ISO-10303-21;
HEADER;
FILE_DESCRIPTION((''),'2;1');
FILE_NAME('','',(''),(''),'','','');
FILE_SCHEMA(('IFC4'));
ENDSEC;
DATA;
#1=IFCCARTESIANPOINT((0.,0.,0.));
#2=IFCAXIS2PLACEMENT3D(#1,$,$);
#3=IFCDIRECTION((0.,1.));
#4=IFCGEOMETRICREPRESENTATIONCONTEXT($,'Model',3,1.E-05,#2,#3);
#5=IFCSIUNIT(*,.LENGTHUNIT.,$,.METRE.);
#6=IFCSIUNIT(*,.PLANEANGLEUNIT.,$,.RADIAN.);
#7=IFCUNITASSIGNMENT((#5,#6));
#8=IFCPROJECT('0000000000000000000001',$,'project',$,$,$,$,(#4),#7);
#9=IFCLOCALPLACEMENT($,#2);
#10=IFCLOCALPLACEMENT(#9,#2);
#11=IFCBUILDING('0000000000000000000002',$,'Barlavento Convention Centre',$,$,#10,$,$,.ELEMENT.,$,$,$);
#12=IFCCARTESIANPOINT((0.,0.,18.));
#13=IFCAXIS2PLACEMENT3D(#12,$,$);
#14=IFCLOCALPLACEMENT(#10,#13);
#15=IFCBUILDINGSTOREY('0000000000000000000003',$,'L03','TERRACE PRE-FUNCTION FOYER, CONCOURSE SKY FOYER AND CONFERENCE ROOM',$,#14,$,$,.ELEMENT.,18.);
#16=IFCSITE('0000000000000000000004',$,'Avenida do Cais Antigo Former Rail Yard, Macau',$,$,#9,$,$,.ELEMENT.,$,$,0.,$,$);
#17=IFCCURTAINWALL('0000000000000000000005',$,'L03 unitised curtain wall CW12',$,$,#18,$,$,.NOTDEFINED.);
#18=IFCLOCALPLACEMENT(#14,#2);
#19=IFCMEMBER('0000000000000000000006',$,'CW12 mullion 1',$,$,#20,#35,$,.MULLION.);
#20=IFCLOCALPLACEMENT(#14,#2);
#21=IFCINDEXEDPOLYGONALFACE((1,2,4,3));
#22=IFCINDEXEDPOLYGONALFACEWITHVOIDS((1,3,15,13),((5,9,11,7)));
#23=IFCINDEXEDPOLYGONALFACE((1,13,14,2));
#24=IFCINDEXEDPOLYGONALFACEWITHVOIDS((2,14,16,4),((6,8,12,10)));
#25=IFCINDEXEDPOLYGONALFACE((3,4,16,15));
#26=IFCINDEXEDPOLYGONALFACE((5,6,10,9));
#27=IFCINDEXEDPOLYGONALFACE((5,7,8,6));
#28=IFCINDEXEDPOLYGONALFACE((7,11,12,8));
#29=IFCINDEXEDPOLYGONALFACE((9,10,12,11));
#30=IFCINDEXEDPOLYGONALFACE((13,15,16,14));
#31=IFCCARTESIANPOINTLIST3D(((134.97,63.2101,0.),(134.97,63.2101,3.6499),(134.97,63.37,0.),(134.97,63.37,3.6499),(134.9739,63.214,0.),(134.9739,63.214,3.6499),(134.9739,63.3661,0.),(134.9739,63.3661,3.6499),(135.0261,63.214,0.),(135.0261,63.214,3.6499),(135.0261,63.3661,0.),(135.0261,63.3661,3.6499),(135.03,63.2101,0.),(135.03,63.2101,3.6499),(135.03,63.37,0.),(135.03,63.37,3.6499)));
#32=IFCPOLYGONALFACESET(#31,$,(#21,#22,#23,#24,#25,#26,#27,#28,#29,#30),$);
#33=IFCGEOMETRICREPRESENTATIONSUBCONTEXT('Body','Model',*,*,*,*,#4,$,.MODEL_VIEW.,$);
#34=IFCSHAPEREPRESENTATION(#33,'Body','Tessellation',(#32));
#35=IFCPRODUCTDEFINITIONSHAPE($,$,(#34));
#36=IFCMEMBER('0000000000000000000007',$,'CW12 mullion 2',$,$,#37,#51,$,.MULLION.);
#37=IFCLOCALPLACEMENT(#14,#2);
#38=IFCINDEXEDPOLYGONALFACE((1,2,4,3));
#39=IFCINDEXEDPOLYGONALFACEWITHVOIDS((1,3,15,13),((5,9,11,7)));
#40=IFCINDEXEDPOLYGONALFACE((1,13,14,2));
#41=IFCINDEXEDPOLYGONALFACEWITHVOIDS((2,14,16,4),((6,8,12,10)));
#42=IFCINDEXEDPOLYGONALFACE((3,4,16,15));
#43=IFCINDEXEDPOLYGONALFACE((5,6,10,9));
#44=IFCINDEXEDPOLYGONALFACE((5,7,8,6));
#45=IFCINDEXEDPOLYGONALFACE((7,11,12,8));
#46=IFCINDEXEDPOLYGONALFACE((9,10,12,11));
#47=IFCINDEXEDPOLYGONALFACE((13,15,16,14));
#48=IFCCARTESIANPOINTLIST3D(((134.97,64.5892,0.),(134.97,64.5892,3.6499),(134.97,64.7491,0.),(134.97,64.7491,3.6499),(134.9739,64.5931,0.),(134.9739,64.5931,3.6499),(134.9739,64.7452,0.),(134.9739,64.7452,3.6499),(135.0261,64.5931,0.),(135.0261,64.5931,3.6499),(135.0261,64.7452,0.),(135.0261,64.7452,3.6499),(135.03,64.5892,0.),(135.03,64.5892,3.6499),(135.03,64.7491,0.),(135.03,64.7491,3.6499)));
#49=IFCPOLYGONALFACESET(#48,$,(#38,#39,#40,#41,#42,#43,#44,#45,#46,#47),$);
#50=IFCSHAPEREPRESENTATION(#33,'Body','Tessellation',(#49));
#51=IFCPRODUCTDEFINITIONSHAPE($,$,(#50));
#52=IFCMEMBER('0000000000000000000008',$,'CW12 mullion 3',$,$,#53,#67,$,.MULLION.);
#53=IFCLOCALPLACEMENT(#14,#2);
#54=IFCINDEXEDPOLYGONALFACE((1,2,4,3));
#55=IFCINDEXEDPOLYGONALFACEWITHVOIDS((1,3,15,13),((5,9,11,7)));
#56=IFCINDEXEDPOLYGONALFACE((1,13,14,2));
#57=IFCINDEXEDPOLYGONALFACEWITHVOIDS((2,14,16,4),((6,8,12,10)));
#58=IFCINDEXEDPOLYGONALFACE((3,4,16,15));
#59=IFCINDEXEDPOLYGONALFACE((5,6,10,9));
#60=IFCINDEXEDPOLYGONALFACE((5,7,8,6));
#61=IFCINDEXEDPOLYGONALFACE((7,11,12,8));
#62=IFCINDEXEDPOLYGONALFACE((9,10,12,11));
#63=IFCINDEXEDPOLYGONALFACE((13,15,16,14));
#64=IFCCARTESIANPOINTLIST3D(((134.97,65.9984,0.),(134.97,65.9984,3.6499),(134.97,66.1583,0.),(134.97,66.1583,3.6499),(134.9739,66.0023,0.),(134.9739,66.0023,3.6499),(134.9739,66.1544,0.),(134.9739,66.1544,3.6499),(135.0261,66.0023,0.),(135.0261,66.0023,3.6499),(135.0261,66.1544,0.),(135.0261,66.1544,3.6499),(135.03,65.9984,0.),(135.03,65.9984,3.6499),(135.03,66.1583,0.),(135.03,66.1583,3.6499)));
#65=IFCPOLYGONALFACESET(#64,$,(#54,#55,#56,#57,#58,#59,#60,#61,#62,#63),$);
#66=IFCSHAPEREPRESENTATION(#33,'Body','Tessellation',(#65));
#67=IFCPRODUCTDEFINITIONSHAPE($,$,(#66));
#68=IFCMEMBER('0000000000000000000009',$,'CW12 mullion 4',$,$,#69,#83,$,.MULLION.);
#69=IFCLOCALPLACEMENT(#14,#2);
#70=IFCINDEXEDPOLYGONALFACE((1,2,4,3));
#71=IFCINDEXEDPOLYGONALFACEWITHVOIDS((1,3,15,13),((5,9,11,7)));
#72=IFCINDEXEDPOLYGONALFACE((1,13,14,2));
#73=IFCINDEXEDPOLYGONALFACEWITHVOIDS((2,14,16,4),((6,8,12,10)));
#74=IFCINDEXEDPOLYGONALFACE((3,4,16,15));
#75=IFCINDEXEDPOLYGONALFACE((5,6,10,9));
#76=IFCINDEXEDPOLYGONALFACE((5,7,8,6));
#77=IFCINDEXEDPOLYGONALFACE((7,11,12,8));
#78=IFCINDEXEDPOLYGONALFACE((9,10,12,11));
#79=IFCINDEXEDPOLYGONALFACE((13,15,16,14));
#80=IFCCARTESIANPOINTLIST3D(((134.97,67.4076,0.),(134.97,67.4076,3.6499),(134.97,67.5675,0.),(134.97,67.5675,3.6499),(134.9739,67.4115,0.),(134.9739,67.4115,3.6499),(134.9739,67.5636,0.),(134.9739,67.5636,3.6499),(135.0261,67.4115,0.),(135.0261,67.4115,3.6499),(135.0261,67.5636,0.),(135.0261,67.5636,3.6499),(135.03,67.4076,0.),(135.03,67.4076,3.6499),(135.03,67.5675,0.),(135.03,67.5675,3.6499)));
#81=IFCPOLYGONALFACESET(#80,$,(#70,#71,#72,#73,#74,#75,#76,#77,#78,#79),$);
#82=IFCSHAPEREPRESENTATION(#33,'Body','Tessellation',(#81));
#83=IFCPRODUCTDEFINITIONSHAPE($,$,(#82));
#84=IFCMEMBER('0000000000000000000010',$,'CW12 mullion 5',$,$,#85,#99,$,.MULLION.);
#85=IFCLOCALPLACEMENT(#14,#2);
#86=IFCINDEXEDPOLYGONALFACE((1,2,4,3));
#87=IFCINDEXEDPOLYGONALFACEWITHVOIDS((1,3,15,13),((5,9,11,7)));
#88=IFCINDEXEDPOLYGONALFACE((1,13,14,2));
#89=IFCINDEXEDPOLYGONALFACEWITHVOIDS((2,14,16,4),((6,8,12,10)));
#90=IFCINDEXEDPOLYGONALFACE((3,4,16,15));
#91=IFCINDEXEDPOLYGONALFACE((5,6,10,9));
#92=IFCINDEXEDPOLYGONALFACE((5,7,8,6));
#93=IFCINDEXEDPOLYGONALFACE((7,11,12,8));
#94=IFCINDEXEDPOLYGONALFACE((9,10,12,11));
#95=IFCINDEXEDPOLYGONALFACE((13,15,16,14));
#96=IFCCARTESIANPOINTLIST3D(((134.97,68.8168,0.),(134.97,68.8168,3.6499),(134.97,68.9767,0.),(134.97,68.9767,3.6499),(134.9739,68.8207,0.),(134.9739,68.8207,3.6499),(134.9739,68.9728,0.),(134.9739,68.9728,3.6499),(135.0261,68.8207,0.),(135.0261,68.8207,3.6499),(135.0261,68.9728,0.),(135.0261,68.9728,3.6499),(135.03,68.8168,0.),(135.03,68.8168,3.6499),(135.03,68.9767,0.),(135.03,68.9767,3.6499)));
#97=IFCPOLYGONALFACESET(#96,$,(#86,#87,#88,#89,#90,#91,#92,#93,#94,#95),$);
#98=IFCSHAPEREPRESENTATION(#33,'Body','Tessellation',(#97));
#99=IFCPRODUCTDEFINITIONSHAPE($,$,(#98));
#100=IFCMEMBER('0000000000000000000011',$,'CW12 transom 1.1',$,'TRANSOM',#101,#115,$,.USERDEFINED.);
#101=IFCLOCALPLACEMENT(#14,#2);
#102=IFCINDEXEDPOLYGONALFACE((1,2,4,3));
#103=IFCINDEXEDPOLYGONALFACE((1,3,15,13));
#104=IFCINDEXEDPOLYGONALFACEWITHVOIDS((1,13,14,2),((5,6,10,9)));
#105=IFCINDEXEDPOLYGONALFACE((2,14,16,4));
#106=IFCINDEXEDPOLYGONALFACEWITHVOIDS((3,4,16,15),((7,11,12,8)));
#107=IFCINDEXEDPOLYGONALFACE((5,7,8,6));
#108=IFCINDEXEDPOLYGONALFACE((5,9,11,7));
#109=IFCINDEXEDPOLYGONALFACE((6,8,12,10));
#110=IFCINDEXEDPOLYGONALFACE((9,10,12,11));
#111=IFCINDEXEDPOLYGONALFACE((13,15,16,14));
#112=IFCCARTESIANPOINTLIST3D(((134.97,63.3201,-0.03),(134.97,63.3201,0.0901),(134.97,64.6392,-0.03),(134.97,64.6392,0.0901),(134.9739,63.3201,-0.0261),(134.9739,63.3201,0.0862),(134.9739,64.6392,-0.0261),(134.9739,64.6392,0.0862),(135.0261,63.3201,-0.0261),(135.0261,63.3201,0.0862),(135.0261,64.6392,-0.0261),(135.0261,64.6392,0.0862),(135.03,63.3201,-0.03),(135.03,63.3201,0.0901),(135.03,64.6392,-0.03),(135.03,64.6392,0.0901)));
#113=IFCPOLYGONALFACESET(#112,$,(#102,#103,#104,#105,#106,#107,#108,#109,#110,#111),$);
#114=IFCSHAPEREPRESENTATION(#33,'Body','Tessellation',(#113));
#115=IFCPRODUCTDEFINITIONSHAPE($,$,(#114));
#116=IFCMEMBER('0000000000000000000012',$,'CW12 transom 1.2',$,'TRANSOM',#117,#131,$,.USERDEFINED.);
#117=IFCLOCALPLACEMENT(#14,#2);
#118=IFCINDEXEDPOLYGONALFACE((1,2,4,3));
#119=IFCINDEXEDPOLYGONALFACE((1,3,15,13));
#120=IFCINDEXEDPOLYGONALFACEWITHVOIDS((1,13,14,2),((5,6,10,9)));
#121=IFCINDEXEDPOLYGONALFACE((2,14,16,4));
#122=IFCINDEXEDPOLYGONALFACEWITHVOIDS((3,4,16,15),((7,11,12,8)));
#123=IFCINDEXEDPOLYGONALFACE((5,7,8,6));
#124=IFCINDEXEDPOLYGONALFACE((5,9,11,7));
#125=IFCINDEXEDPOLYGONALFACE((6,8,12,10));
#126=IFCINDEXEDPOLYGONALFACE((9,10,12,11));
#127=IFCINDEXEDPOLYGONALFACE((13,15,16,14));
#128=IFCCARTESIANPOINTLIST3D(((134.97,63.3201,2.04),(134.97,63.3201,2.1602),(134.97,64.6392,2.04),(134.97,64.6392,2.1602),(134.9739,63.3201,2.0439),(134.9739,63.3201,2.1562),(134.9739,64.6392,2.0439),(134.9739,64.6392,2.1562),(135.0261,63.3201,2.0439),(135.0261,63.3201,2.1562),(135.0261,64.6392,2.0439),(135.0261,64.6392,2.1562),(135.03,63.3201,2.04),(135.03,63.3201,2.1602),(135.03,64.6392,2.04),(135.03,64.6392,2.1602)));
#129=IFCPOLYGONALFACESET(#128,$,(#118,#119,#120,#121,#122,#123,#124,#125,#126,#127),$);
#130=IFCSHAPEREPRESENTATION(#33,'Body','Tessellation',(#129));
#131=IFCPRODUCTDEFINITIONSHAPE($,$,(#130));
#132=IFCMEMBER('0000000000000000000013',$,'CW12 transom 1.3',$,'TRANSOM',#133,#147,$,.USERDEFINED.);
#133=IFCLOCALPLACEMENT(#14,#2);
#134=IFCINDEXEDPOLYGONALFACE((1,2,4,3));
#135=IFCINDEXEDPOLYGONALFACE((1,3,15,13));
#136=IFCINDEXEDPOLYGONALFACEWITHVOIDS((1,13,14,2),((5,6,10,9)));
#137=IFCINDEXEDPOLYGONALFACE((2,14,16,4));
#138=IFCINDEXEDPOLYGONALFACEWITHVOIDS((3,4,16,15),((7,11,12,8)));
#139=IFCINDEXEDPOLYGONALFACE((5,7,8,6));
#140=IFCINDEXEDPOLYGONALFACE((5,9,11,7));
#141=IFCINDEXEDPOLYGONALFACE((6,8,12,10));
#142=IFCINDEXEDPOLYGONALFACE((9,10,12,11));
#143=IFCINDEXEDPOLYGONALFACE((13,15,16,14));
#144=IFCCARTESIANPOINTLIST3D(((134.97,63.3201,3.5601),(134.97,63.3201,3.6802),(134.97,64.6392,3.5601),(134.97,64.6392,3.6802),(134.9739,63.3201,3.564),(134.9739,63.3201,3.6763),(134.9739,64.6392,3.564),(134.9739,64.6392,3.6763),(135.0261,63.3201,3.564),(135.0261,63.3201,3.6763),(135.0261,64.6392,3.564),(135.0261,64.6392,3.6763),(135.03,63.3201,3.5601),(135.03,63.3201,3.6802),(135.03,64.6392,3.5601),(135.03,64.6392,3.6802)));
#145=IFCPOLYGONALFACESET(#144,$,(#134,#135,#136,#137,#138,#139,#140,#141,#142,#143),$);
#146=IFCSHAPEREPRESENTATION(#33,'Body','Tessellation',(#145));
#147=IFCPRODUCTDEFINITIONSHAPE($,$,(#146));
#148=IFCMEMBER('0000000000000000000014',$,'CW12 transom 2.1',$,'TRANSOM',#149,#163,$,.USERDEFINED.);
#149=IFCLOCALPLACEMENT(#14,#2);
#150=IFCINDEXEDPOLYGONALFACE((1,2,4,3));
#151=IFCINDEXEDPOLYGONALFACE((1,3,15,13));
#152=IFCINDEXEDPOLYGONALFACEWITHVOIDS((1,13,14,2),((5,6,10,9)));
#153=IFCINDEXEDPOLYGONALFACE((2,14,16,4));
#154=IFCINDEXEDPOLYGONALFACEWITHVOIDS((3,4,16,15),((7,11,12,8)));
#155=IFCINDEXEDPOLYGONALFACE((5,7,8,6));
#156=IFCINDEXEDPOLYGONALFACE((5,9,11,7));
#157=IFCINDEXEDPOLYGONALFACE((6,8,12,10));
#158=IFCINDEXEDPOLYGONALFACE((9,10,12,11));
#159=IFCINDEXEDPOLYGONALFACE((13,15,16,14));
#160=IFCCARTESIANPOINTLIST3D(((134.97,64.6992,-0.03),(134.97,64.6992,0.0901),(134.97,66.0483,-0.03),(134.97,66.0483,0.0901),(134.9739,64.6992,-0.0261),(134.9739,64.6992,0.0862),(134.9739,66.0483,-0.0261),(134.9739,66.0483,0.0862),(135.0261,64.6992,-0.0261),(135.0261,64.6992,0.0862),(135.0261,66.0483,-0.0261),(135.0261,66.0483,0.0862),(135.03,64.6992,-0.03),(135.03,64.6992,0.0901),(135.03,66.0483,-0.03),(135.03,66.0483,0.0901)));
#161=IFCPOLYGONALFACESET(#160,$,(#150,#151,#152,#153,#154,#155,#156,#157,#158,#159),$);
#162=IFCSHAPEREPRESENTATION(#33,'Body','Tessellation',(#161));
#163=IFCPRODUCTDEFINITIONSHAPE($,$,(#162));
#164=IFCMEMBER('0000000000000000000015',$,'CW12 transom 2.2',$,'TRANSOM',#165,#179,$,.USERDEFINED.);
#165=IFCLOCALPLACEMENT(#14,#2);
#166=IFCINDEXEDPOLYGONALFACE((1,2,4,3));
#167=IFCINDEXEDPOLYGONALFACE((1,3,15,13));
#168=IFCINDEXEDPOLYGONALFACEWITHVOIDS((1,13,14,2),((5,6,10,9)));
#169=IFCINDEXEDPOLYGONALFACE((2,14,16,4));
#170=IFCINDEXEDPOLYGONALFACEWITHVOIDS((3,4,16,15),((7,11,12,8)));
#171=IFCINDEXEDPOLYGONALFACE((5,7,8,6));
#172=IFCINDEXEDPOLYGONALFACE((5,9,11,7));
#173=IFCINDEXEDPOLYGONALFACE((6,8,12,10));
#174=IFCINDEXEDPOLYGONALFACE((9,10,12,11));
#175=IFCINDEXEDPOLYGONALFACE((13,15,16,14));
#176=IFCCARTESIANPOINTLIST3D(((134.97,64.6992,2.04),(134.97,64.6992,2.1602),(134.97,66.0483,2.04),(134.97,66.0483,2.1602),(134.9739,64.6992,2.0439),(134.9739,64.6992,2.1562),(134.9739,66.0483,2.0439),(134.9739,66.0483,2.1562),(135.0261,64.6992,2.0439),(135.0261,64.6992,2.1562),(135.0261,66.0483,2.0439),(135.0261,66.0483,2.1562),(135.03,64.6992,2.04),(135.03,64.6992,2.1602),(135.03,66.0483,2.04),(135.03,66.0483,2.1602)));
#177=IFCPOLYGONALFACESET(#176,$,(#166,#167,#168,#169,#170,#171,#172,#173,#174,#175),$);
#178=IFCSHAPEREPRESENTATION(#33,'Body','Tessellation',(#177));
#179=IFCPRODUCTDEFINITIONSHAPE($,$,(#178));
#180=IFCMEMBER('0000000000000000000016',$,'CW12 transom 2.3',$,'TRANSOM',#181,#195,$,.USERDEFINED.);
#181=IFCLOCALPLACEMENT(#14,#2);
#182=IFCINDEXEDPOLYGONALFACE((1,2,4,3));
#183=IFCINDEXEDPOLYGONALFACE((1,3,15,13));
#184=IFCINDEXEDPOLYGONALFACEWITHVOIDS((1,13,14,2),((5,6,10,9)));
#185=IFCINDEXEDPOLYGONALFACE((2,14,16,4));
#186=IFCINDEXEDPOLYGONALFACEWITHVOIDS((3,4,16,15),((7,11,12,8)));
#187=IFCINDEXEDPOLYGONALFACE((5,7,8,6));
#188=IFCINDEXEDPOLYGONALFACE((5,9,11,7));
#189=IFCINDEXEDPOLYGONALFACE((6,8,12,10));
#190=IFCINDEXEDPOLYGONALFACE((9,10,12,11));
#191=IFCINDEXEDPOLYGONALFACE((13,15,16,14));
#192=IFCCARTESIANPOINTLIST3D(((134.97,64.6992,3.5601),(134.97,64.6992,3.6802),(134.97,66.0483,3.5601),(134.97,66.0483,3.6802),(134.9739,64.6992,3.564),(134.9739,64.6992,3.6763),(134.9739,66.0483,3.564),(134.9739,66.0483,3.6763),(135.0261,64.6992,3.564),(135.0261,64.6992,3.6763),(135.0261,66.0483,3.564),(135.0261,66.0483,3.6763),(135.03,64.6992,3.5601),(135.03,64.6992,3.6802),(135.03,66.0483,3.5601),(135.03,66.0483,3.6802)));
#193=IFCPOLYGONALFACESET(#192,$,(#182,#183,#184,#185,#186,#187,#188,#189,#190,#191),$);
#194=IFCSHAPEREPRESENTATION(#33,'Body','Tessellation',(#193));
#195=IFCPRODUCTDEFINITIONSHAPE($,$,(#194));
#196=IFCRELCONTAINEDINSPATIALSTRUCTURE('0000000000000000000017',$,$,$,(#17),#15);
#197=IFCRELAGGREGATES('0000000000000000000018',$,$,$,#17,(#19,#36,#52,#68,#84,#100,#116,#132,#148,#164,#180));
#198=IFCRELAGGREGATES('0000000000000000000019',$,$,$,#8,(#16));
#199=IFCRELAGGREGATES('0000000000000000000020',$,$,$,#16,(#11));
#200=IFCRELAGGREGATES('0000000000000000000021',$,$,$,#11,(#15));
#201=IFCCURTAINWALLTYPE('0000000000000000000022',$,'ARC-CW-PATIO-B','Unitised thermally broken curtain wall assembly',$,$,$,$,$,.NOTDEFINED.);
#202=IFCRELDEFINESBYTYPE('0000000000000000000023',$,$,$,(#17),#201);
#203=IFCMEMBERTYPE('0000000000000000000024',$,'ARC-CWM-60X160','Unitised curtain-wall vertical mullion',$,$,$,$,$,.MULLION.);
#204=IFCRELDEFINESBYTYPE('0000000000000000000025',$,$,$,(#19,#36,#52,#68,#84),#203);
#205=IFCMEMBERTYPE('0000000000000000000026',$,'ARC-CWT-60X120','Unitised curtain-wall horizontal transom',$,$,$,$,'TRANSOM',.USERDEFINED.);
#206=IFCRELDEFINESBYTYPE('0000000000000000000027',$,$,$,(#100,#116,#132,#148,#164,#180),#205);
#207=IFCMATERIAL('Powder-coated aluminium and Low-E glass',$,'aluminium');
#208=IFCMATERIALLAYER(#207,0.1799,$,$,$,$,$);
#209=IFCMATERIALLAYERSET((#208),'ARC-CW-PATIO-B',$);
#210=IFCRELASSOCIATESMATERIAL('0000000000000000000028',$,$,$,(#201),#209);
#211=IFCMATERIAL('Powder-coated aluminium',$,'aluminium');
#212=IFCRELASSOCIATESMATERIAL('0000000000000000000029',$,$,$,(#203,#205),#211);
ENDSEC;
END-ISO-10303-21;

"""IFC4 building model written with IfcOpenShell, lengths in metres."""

from ifc_helpers import new_model, si_unit, direction, frame, origin, origin_2d, place, context, subcontext, project, spatial, hollow_rectangle, extrude, material, layer, layer_set, material_profile, profile_set, type_object, element, aggregate, save


model = new_model("IFC4")

# Units and contexts
model_context = context("Model", 3, precision=1e-05, world=origin(), true_north=direction((0.0, 1.0)))
body_context = subcontext(model_context, "Body", "Model", "MODEL_VIEW")
ifc_project = project(units=[si_unit("LENGTHUNIT", "METRE"), si_unit("PLANEANGLEUNIT", "RADIAN")], contexts=[model_context])

# Site, building, storey
site_placement = place(None, origin())
site = spatial("IfcSite", under=ifc_project, at=site_placement, Name="Avenida do Cais Antigo Former Rail Yard, Macau", CompositionType="ELEMENT", RefElevation=0.0)
building_placement = place(site_placement, origin())
building = spatial("IfcBuilding", under=site, at=building_placement, Name="Barlavento Convention Centre", CompositionType="ELEMENT")
storey_placement = place(building_placement, frame((0.0, 0.0, 18.0)))
storey = spatial("IfcBuildingStorey", under=building, at=storey_placement, Name="L03", Description="TERRACE PRE-FUNCTION FOYER, CONCOURSE SKY FOYER AND CONFERENCE ROOM", CompositionType="ELEMENT", Elevation=18.0)

# Curtain wall, members
ifc_material_1 = material(Name="Powder-coated aluminium and Low-E glass", Category="aluminium")
ifc_layer_1 = layer(ifc_material_1, 0.1799)
ifc_layer_set_1 = layer_set([ifc_layer_1], Name="ARC-CW-PATIO-B")
curtain_wall_type = type_object("IfcCurtainWallType", Name="ARC-CW-PATIO-B", Description="Unitised thermally broken curtain wall assembly", PredefinedType="NOTDEFINED", material=ifc_layer_set_1)
curtain_wall_placement = place(storey_placement, origin())
curtain_wall = element("IfcCurtainWall", 1, at=curtain_wall_placement, inside=storey, type_object=curtain_wall_type, Name="L03 unitised curtain wall CW12", PredefinedType="NOTDEFINED")
ifc_material_2 = material(Name="Powder-coated aluminium", Category="aluminium")
ifc_material_profile_1 = material_profile(ifc_material_2, hollow_rectangle(XDim=0.0601, YDim=0.1599, WallThickness=0.0039, at=origin_2d()), Name="AL-MULL 60x160x4")
ifc_profile_set_1 = profile_set([ifc_material_profile_1], Name="Powder-coated aluminium")
member_type_1 = type_object("IfcMemberType", Name="ARC-CWM-60X160", Description="Unitised curtain-wall vertical mullion", PredefinedType="MULLION", material=ifc_profile_set_1)
member_1_placement = place(storey_placement, frame((135.0, 63.29, 0.0), z_axis=(0.0, 0.0, 1.0), x_axis=(-1.0, 0.0, 0.0)))
member_1 = element("IfcMember", 2, at=member_1_placement, type_object=member_type_1, Name="CW12 mullion 1", PredefinedType="MULLION", context=body_context, shape_type="SweptSolid", body=[
    extrude(hollow_rectangle(XDim=0.0601, YDim=0.1599, WallThickness=0.0039, at=origin_2d()), origin(), (0.0, 0.0, 1.0), 3.6499),
])
member_2_placement = place(storey_placement, frame((135.0, 64.6692, 0.0), z_axis=(0.0, 0.0, 1.0), x_axis=(-1.0, 0.0, 0.0)))
member_2 = element("IfcMember", 3, at=member_2_placement, type_object=member_type_1, Name="CW12 mullion 2", PredefinedType="MULLION", context=body_context, shape_type="SweptSolid", body=[
    extrude(hollow_rectangle(XDim=0.0601, YDim=0.1599, WallThickness=0.0039, at=origin_2d()), origin(), (0.0, 0.0, 1.0), 3.6499),
])
member_3_placement = place(storey_placement, frame((135.0, 66.0784, 0.0), z_axis=(0.0, 0.0, 1.0), x_axis=(-1.0, 0.0, 0.0)))
member_3 = element("IfcMember", 4, at=member_3_placement, type_object=member_type_1, Name="CW12 mullion 3", PredefinedType="MULLION", context=body_context, shape_type="SweptSolid", body=[
    extrude(hollow_rectangle(XDim=0.0601, YDim=0.1599, WallThickness=0.0039, at=origin_2d()), origin(), (0.0, 0.0, 1.0), 3.6499),
])
member_4_placement = place(storey_placement, frame((135.0, 67.4875, 0.0), z_axis=(0.0, 0.0, 1.0), x_axis=(-1.0, 0.0, 0.0)))
member_4 = element("IfcMember", 5, at=member_4_placement, type_object=member_type_1, Name="CW12 mullion 4", PredefinedType="MULLION", context=body_context, shape_type="SweptSolid", body=[
    extrude(hollow_rectangle(XDim=0.0601, YDim=0.1599, WallThickness=0.0039, at=origin_2d()), origin(), (0.0, 0.0, 1.0), 3.6499),
])
member_5_placement = place(storey_placement, frame((135.0, 68.8967, 0.0), z_axis=(0.0, 0.0, 1.0), x_axis=(-1.0, 0.0, 0.0)))
member_5 = element("IfcMember", 6, at=member_5_placement, type_object=member_type_1, Name="CW12 mullion 5", PredefinedType="MULLION", context=body_context, shape_type="SweptSolid", body=[
    extrude(hollow_rectangle(XDim=0.0601, YDim=0.1599, WallThickness=0.0039, at=origin_2d()), origin(), (0.0, 0.0, 1.0), 3.6499),
])
ifc_material_profile_2 = material_profile(ifc_material_2, hollow_rectangle(XDim=0.0601, YDim=0.1201, WallThickness=0.0039, at=origin_2d()), Name="AL-TRAN 60x120x4")
ifc_profile_set_2 = profile_set([ifc_material_profile_2], Name="Powder-coated aluminium")
member_type_2 = type_object("IfcMemberType", Name="ARC-CWT-60X120", Description="Unitised curtain-wall horizontal transom", ElementType="TRANSOM", PredefinedType="USERDEFINED", material=ifc_profile_set_2)
member_6_placement = place(storey_placement, frame((135.0, 63.3201, 0.03), z_axis=(0.0, 1.0, 0.0), x_axis=(-1.0, 0.0, 0.0)))
member_6 = element("IfcMember", 7, at=member_6_placement, type_object=member_type_2, Name="CW12 transom 1.1", ObjectType="TRANSOM", PredefinedType="USERDEFINED", context=body_context, shape_type="SweptSolid", body=[
    extrude(hollow_rectangle(XDim=0.0601, YDim=0.1201, WallThickness=0.0039, at=origin_2d()), origin(), (0.0, 0.0, 1.0), 1.3191),
])
member_7_placement = place(storey_placement, frame((135.0, 63.3201, 2.1001), z_axis=(0.0, 1.0, 0.0), x_axis=(-1.0, 0.0, 0.0)))
member_7 = element("IfcMember", 8, at=member_7_placement, type_object=member_type_2, Name="CW12 transom 1.2", ObjectType="TRANSOM", PredefinedType="USERDEFINED", context=body_context, shape_type="SweptSolid", body=[
    extrude(hollow_rectangle(XDim=0.0601, YDim=0.1201, WallThickness=0.0039, at=origin_2d()), origin(), (0.0, 0.0, 1.0), 1.3191),
])
member_8_placement = place(storey_placement, frame((135.0, 63.3201, 3.6201), z_axis=(0.0, 1.0, 0.0), x_axis=(-1.0, 0.0, 0.0)))
member_8 = element("IfcMember", 9, at=member_8_placement, type_object=member_type_2, Name="CW12 transom 1.3", ObjectType="TRANSOM", PredefinedType="USERDEFINED", context=body_context, shape_type="SweptSolid", body=[
    extrude(hollow_rectangle(XDim=0.0601, YDim=0.1201, WallThickness=0.0039, at=origin_2d()), origin(), (0.0, 0.0, 1.0), 1.3191),
])
member_9_placement = place(storey_placement, frame((135.0, 64.6992, 0.03), z_axis=(0.0, 1.0, 0.0), x_axis=(-1.0, 0.0, 0.0)))
member_9 = element("IfcMember", 10, at=member_9_placement, type_object=member_type_2, Name="CW12 transom 2.1", ObjectType="TRANSOM", PredefinedType="USERDEFINED", context=body_context, shape_type="SweptSolid", body=[
    extrude(hollow_rectangle(XDim=0.0601, YDim=0.1201, WallThickness=0.0039, at=origin_2d()), origin(), (0.0, 0.0, 1.0), 1.3491),
])
member_10_placement = place(storey_placement, frame((135.0, 64.6992, 2.1001), z_axis=(0.0, 1.0, 0.0), x_axis=(-1.0, 0.0, 0.0)))
member_10 = element("IfcMember", 11, at=member_10_placement, type_object=member_type_2, Name="CW12 transom 2.2", ObjectType="TRANSOM", PredefinedType="USERDEFINED", context=body_context, shape_type="SweptSolid", body=[
    extrude(hollow_rectangle(XDim=0.0601, YDim=0.1201, WallThickness=0.0039, at=origin_2d()), origin(), (0.0, 0.0, 1.0), 1.3491),
])
member_11_placement = place(storey_placement, frame((135.0, 64.6992, 3.6201), z_axis=(0.0, 1.0, 0.0), x_axis=(-1.0, 0.0, 0.0)))
member_11 = element("IfcMember", 12, at=member_11_placement, type_object=member_type_2, Name="CW12 transom 2.3", ObjectType="TRANSOM", PredefinedType="USERDEFINED", context=body_context, shape_type="SweptSolid", body=[
    extrude(hollow_rectangle(XDim=0.0601, YDim=0.1201, WallThickness=0.0039, at=origin_2d()), origin(), (0.0, 0.0, 1.0), 1.3491),
])
aggregate(curtain_wall, [member_1, member_2, member_3, member_4, member_5, member_6, member_7, member_8, member_9, member_10, member_11])

save(model, "model.ifc")
